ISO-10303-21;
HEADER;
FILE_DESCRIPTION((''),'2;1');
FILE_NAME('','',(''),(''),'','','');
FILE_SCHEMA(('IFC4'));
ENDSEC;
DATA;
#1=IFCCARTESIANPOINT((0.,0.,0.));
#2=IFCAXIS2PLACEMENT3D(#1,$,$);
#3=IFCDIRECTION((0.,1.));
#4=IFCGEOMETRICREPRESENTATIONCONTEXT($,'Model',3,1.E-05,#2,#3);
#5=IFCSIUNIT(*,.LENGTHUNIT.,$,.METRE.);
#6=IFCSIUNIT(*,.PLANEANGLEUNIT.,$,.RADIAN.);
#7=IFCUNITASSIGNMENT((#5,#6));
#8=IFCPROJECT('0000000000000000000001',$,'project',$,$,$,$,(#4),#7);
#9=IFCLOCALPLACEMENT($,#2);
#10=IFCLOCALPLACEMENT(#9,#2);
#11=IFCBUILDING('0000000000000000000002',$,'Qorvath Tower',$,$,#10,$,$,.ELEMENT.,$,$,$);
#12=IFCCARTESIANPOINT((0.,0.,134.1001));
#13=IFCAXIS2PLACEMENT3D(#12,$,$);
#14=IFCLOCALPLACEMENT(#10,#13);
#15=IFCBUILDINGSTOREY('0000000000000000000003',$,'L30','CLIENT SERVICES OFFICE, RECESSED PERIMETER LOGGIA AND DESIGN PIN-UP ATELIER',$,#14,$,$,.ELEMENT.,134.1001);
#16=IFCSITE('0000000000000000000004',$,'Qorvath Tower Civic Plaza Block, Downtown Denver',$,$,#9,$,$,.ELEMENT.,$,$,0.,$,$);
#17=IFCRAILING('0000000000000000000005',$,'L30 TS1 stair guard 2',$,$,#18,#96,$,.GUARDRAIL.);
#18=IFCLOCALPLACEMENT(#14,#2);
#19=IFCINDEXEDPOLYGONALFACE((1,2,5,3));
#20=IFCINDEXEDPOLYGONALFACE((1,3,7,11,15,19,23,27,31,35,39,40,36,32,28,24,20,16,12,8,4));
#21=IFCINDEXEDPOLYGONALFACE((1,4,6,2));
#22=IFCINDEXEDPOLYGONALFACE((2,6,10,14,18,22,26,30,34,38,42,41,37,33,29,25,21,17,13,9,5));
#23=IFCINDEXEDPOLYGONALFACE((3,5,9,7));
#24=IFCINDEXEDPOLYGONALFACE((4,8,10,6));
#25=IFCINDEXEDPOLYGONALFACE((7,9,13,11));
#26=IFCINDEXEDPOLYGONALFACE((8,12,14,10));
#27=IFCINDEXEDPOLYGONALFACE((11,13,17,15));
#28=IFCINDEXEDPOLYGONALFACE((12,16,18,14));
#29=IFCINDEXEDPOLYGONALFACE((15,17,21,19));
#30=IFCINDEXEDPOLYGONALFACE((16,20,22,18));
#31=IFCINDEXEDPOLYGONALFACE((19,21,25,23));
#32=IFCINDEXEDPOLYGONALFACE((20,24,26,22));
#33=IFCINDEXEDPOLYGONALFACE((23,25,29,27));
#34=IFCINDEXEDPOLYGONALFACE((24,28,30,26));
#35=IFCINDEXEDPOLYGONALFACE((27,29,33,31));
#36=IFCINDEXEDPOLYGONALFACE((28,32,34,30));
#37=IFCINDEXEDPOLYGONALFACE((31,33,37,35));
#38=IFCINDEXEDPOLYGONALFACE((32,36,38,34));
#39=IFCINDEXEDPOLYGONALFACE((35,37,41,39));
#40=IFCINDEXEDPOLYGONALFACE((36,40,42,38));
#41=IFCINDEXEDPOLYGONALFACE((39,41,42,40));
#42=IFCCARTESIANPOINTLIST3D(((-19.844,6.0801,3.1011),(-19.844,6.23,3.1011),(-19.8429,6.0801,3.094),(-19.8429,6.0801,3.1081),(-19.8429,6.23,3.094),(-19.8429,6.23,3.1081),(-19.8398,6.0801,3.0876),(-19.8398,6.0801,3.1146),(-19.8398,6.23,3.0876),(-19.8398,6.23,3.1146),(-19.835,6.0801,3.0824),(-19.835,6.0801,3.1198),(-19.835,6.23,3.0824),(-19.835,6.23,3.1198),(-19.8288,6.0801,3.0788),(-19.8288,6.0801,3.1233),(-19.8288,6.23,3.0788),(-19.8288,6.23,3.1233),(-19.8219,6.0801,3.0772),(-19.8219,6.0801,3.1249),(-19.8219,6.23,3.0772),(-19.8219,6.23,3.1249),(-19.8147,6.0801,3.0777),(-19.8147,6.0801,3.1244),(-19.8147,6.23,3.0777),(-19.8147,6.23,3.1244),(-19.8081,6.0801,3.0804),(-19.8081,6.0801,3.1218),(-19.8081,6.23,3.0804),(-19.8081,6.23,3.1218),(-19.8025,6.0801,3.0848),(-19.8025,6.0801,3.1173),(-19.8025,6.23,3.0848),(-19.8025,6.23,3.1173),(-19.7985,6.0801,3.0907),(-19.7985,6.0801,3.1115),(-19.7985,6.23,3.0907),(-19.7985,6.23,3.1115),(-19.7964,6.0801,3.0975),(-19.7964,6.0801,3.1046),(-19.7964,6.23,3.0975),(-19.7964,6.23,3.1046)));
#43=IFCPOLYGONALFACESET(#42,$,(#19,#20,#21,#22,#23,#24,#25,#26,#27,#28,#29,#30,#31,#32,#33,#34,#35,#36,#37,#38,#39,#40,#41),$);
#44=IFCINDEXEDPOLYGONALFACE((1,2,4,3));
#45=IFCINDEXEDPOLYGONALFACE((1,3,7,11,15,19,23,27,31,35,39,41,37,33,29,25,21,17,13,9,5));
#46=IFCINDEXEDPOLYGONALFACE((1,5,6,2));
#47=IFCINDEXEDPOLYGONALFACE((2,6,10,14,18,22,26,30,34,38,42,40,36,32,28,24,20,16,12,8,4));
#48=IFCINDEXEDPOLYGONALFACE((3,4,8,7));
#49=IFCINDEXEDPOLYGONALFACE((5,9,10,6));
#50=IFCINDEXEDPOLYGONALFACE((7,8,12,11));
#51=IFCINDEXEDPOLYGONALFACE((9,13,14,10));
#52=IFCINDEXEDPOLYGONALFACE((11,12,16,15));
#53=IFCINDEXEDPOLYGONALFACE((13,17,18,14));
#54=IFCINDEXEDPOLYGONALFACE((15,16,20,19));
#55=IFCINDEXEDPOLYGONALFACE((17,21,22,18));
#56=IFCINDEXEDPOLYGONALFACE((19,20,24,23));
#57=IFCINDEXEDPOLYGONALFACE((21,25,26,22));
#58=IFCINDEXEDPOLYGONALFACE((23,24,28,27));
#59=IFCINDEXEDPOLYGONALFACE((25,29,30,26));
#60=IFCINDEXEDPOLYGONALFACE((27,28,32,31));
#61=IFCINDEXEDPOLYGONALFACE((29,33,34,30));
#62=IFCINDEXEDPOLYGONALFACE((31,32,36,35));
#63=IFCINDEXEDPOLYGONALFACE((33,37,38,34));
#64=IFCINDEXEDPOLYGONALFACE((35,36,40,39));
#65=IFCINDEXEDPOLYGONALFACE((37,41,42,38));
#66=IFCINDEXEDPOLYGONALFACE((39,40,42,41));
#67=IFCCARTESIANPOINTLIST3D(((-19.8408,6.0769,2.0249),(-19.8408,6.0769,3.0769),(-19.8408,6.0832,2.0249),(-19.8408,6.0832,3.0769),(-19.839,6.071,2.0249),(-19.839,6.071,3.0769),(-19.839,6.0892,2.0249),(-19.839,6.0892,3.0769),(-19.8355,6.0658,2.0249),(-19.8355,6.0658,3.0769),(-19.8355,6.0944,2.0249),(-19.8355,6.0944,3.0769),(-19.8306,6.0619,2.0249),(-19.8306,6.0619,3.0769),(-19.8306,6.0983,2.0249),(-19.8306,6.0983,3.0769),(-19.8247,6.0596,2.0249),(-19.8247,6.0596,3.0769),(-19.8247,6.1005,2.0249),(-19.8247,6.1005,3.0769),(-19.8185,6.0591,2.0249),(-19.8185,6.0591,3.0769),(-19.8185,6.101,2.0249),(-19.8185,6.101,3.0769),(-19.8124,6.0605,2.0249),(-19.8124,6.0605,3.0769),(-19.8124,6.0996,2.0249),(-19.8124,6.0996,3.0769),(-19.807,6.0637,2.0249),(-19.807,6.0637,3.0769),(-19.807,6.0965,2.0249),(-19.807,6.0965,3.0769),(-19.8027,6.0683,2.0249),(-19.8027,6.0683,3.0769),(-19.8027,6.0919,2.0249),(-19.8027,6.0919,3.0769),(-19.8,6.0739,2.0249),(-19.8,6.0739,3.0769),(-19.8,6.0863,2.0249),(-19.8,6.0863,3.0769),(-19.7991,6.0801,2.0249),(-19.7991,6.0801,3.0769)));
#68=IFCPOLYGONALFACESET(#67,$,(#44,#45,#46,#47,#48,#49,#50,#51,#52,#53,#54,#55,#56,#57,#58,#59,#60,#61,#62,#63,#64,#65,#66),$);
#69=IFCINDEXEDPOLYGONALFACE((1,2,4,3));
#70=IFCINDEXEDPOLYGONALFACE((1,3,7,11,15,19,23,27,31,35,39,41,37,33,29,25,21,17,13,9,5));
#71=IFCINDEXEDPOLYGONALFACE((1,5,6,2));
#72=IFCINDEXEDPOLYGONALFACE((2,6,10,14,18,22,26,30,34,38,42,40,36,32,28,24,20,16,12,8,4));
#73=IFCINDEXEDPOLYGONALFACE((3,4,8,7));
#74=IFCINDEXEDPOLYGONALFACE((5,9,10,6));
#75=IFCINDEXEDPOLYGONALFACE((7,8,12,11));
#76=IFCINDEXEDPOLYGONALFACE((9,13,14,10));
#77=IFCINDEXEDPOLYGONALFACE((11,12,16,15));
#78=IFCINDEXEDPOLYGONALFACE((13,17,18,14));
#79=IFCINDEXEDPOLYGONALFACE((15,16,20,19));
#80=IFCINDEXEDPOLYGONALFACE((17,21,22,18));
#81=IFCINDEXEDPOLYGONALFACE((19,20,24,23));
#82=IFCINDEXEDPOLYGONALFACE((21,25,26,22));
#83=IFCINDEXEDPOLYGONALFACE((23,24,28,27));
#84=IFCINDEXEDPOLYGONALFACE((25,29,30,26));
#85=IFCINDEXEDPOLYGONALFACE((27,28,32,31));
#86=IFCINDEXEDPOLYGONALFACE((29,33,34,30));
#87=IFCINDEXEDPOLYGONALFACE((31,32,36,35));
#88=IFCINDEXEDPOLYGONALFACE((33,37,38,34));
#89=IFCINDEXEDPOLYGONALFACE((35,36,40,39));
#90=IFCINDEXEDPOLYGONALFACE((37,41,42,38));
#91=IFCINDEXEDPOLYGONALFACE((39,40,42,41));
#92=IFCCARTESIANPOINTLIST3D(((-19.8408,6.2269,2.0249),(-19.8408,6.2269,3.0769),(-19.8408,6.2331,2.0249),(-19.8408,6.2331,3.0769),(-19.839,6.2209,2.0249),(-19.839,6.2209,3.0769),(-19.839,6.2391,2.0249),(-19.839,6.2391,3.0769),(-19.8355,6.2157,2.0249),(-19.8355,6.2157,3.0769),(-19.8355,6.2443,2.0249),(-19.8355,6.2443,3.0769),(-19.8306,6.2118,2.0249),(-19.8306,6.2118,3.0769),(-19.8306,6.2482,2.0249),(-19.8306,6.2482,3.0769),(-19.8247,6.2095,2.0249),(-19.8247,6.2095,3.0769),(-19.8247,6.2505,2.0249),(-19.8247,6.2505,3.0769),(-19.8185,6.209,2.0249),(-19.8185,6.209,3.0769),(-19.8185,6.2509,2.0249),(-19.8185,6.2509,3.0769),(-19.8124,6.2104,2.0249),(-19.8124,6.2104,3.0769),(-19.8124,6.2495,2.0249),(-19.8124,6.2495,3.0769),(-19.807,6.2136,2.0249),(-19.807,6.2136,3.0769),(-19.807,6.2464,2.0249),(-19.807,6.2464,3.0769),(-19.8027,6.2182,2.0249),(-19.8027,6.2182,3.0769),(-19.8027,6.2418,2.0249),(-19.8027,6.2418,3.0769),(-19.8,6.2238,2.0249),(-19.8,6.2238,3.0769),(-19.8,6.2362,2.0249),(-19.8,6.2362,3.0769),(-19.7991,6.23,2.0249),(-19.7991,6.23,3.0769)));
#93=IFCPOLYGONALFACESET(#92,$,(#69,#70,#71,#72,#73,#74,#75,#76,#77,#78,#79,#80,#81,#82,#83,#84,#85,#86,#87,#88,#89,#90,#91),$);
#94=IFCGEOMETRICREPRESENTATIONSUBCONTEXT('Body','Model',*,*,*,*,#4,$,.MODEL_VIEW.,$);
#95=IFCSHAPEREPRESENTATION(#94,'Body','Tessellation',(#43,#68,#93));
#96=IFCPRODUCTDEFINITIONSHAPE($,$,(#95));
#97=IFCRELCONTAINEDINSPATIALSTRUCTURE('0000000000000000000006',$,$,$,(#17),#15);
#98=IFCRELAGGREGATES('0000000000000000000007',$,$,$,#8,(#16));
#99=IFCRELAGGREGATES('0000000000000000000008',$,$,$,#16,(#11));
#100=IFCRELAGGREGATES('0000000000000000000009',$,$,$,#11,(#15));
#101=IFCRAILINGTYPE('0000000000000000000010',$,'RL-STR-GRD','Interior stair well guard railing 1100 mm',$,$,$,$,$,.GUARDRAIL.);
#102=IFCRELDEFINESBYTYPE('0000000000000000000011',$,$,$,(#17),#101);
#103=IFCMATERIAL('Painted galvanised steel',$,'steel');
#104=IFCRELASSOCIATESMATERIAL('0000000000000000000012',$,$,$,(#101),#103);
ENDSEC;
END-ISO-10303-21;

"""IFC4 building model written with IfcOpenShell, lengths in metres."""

from ifc_helpers import new_model, si_unit, direction, frame, origin, origin_2d, place, context, subcontext, project, spatial, circle, extrude, material, type_object, element, save


model = new_model("IFC4")

# Units and contexts
model_context = context("Model", 3, precision=1e-05, world=origin(), true_north=direction((0.0, 1.0)))
body_context = subcontext(model_context, "Body", "Model", "MODEL_VIEW")
ifc_project = project(units=[si_unit("LENGTHUNIT", "METRE"), si_unit("PLANEANGLEUNIT", "RADIAN")], contexts=[model_context])

# Site, building, storey
site_placement = place(None, origin())
site = spatial("IfcSite", under=ifc_project, at=site_placement, Name="Qorvath Tower Civic Plaza Block, Downtown Denver", CompositionType="ELEMENT", RefElevation=0.0)
building_placement = place(site_placement, origin())
building = spatial("IfcBuilding", under=site, at=building_placement, Name="Qorvath Tower", CompositionType="ELEMENT")
storey_placement = place(building_placement, frame((0.0, 0.0, 134.1001)))
storey = spatial("IfcBuildingStorey", under=building, at=storey_placement, Name="L30", Description="CLIENT SERVICES OFFICE, RECESSED PERIMETER LOGGIA AND DESIGN PIN-UP ATELIER", CompositionType="ELEMENT", Elevation=134.1001)

# Railing
ifc_material_1 = material(Name="Painted galvanised steel", Category="steel")
railing_type_1 = type_object("IfcRailingType", Name="RL-STR-GRD", Description="Interior stair well guard railing 1100 mm", PredefinedType="GUARDRAIL", material=ifc_material_1)
railing_1_placement = place(storey_placement, frame((-19.8201, 6.0801, 2.0249)))
element("IfcRailing", 1, at=railing_1_placement, inside=storey, type_object=railing_type_1, Name="L30 TS1 stair guard 2", PredefinedType="GUARDRAIL", context=body_context, shape_type="SweptSolid", body=[
    extrude(circle(Radius=0.0239, at=origin_2d()), frame((0.0, 0.0, 1.0762), z_axis=(0.0, 1.0, 0.0), x_axis=(-1.0, 0.0, 0.0)), (0.0, 0.0, 1.0), 0.1499),
    extrude(circle(Radius=0.021, at=origin_2d()), origin(), (0.0, 0.0, 1.0), 1.052),
    extrude(circle(Radius=0.021, at=origin_2d()), frame((0.0, 0.1499, 0.0)), (0.0, 0.0, 1.0), 1.052),
])

save(model, "model.ifc")
